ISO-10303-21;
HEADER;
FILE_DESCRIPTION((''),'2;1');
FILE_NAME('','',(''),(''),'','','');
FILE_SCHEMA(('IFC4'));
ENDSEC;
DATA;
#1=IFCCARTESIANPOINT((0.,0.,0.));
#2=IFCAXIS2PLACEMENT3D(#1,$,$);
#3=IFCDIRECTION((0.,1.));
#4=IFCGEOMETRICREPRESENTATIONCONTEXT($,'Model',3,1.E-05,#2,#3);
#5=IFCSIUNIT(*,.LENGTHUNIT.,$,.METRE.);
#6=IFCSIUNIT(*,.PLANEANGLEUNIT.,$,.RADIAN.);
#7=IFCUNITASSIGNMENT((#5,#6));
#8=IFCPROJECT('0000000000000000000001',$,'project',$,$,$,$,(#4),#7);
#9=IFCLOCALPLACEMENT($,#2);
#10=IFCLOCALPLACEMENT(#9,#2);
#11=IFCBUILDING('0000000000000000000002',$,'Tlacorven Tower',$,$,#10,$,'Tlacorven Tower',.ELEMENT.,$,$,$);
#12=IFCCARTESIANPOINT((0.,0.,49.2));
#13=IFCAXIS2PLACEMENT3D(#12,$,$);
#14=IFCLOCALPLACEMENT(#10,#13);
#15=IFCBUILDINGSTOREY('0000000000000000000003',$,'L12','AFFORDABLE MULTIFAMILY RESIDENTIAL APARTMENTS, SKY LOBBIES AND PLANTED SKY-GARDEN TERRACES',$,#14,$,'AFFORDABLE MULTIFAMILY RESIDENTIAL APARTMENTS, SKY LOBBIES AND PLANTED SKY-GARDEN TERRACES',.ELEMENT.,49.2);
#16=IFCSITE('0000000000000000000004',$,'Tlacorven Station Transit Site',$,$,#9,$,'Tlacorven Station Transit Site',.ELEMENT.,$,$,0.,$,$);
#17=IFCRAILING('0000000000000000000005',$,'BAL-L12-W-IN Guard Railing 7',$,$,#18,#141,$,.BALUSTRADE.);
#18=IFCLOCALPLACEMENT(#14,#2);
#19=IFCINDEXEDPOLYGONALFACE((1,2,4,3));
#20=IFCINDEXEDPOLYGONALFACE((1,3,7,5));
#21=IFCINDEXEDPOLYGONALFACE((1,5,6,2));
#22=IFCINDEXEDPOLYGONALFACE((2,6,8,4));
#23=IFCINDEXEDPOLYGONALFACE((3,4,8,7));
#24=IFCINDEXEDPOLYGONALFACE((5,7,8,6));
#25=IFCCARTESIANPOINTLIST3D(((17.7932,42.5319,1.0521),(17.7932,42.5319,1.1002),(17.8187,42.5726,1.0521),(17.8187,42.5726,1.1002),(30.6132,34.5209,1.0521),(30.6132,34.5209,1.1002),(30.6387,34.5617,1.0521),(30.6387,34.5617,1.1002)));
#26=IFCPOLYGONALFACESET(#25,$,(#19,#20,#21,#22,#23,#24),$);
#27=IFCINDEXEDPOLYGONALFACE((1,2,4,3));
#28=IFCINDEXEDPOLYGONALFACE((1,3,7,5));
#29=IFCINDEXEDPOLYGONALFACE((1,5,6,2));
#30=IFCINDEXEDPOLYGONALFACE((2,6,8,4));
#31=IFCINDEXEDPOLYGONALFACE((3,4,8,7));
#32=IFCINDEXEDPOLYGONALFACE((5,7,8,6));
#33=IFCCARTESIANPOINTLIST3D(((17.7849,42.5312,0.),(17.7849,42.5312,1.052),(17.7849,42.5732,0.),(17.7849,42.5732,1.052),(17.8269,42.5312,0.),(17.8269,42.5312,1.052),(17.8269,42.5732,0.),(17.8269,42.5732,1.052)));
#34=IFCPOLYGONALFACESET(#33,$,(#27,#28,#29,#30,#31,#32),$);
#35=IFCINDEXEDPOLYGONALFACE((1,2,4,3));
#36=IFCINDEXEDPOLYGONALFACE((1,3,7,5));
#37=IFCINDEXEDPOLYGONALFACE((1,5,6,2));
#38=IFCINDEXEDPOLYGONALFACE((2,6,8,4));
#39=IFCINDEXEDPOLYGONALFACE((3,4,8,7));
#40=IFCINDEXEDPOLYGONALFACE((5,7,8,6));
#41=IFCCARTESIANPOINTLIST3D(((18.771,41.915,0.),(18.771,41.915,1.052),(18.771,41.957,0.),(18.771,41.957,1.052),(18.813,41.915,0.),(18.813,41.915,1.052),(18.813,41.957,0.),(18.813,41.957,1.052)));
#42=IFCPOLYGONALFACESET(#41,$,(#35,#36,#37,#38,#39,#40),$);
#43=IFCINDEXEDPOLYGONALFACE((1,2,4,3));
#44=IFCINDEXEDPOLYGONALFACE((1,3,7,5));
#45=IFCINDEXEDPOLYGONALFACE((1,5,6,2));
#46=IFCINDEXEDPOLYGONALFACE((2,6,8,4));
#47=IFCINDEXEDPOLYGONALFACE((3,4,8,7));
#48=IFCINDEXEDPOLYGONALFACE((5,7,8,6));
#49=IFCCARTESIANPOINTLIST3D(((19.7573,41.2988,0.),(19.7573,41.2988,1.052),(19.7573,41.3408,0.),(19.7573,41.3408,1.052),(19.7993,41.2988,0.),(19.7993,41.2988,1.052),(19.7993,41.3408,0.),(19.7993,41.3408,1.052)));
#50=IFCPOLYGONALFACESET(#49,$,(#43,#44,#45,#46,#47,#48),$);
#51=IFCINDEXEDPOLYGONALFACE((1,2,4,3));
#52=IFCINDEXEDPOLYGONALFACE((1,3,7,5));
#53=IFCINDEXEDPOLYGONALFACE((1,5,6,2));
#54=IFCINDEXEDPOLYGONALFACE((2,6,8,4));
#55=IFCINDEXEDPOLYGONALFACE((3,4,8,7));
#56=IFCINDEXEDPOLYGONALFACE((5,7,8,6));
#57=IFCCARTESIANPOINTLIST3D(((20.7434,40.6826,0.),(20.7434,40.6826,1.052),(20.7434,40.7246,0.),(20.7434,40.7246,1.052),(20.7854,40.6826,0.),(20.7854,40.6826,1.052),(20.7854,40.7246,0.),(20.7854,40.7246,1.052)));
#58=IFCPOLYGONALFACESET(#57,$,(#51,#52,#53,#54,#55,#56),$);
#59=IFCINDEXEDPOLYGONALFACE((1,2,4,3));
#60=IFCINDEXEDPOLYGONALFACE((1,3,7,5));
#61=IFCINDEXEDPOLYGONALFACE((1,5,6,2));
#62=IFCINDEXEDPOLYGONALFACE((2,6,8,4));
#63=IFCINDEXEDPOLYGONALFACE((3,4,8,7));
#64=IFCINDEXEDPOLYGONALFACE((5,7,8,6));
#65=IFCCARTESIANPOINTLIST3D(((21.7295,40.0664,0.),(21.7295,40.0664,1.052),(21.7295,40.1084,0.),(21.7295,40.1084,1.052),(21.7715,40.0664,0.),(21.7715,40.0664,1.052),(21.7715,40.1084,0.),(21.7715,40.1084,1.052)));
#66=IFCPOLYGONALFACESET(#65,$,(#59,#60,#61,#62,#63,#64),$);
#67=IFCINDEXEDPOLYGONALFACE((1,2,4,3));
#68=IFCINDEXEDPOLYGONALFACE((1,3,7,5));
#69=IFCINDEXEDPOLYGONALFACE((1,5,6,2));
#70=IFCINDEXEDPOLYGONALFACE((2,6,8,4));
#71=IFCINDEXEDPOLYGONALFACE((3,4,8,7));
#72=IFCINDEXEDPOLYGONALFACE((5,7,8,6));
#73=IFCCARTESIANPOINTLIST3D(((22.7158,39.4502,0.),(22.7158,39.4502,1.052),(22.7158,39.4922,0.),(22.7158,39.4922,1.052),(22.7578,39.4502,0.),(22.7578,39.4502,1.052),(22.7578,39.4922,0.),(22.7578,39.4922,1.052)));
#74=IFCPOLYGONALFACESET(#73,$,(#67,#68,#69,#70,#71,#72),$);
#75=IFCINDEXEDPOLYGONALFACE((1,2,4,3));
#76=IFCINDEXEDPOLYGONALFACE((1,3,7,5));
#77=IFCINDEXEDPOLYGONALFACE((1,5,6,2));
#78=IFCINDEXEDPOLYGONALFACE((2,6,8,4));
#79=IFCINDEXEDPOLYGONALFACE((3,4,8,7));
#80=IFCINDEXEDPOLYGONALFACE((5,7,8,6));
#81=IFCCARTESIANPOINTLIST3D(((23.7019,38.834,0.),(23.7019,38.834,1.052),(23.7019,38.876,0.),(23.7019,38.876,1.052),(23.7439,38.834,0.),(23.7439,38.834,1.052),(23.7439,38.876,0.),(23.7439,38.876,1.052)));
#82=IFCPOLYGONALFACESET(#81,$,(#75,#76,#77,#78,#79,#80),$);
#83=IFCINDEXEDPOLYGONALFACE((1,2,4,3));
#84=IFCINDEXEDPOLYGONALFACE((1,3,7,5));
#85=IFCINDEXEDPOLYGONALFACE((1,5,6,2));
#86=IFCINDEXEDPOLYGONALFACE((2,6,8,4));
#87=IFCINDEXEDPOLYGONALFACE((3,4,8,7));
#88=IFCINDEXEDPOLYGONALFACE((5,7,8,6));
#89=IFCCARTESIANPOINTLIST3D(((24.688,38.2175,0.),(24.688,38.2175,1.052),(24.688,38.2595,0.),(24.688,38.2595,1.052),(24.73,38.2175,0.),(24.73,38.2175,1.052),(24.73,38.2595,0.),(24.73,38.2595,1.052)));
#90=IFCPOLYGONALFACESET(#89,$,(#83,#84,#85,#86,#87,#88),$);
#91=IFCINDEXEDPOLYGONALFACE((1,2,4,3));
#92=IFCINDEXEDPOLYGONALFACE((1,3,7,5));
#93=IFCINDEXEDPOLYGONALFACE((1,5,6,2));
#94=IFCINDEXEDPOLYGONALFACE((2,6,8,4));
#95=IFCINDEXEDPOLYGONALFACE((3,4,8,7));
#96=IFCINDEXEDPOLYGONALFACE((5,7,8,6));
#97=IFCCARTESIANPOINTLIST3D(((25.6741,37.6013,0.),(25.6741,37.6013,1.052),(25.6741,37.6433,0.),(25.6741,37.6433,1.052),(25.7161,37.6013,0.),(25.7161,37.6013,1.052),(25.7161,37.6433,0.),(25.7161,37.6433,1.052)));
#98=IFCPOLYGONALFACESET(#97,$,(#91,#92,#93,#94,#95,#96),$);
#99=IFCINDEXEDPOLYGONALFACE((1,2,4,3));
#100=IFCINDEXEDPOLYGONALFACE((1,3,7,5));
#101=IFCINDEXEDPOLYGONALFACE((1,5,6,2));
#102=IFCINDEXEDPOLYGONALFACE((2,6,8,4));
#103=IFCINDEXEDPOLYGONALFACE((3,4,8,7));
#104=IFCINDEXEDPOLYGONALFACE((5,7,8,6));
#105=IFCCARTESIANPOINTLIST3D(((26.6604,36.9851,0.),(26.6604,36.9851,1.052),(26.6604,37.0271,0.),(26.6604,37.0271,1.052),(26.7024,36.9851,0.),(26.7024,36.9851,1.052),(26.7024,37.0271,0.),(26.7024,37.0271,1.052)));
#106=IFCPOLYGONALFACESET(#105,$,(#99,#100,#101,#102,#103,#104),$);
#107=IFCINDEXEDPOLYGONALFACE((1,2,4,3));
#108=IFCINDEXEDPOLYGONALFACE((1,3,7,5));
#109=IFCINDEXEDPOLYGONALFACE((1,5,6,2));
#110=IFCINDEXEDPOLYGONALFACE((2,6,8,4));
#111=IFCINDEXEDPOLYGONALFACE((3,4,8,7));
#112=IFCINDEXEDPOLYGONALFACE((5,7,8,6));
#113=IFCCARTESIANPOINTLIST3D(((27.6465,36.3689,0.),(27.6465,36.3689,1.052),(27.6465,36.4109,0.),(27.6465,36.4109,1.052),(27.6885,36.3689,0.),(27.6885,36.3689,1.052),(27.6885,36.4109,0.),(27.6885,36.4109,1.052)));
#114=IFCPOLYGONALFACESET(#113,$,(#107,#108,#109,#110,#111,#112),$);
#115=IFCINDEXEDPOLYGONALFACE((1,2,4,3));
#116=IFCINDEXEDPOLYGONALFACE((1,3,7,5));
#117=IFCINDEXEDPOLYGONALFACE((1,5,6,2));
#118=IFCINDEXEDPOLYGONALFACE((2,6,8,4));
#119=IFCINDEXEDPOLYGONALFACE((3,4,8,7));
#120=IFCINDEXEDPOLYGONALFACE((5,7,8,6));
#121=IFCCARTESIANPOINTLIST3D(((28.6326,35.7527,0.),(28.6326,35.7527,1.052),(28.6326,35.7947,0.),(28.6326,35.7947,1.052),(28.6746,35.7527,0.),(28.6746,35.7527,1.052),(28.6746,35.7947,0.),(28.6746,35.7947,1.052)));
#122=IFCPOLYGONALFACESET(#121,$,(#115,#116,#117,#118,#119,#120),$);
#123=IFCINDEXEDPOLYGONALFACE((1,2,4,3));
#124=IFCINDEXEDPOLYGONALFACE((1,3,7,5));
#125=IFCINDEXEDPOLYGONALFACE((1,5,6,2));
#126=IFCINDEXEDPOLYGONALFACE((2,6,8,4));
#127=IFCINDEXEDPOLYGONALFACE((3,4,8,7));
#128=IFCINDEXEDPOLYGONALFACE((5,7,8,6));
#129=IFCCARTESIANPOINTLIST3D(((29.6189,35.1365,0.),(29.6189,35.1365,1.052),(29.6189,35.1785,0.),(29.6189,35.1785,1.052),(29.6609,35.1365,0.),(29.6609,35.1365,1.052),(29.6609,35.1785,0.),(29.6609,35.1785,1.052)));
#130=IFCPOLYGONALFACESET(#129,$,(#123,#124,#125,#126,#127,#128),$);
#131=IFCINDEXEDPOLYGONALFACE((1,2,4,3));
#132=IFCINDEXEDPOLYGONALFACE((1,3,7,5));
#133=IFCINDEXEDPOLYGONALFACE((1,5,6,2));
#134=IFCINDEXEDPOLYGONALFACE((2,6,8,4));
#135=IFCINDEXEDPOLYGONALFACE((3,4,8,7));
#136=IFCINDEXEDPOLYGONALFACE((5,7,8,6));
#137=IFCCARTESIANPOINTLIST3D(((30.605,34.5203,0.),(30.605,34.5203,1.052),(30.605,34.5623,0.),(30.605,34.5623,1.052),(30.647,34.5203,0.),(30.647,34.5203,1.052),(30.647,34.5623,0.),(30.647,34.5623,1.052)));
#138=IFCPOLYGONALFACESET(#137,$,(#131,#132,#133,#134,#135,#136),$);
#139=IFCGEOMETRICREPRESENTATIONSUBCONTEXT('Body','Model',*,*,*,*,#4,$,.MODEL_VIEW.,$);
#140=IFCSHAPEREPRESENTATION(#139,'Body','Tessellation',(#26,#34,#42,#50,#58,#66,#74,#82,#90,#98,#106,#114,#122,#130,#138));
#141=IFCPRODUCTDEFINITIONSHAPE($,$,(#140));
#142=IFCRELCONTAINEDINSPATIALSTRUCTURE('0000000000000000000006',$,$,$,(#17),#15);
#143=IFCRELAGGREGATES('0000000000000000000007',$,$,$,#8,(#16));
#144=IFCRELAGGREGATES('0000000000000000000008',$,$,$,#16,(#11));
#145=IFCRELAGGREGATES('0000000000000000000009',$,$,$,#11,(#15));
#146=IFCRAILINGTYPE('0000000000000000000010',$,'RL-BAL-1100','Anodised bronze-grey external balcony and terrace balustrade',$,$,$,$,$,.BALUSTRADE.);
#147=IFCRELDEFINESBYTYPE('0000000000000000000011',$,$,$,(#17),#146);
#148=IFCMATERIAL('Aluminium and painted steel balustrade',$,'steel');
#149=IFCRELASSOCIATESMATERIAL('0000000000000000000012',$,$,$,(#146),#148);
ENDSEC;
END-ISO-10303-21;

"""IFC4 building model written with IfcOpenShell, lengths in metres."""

from ifc_helpers import new_model, si_unit, direction, frame, origin, origin_2d, place, context, subcontext, project, spatial, rectangle, extrude, source, transform, mapped, material, type_object, element, save


model = new_model("IFC4")

# Units and contexts
model_context = context("Model", 3, precision=1e-05, world=origin(), true_north=direction((0.0, 1.0)))
body_context = subcontext(model_context, "Body", "Model", "MODEL_VIEW")
ifc_project = project(units=[si_unit("LENGTHUNIT", "METRE"), si_unit("PLANEANGLEUNIT", "RADIAN")], contexts=[model_context])

# Site, building, storey
site_placement = place(None, origin())
site = spatial("IfcSite", under=ifc_project, at=site_placement, Name="Tlacorven Station Transit Site", LongName="Tlacorven Station Transit Site", CompositionType="ELEMENT", RefElevation=0.0)
building_placement = place(site_placement, origin())
building = spatial("IfcBuilding", under=site, at=building_placement, Name="Tlacorven Tower", LongName="Tlacorven Tower", CompositionType="ELEMENT")
storey_placement = place(building_placement, frame((0.0, 0.0, 49.2)))
storey = spatial("IfcBuildingStorey", under=building, at=storey_placement, Name="L12", Description="AFFORDABLE MULTIFAMILY RESIDENTIAL APARTMENTS, SKY LOBBIES AND PLANTED SKY-GARDEN TERRACES", LongName="AFFORDABLE MULTIFAMILY RESIDENTIAL APARTMENTS, SKY LOBBIES AND PLANTED SKY-GARDEN TERRACES", CompositionType="ELEMENT", Elevation=49.2)

# Railing
ifc_material_1 = material(Name="Aluminium and painted steel balustrade", Category="steel")
railing_type = type_object("IfcRailingType", Name="RL-BAL-1100", Description="Anodised bronze-grey external balcony and terrace balustrade", PredefinedType="BALUSTRADE", material=ifc_material_1)
shared_shape_1 = source(origin(), body_context, "Body", "SweptSolid", [
    extrude(rectangle(XDim=0.0481, YDim=0.0481, at=origin_2d()), frame((0.0, 0.0, 1.0762), z_axis=(0.848045, -0.529925, 0.0), x_axis=(0.529925, 0.848045, 0.0)), (0.0, 0.0, 1.0), 15.1172),
    extrude(rectangle(XDim=0.042, YDim=0.042, at=origin_2d()), origin(), (0.0, 0.0, 1.0), 1.052),
    extrude(rectangle(XDim=0.042, YDim=0.042, at=origin_2d()), frame((0.9861, -0.6162, 0.0)), (0.0, 0.0, 1.0), 1.052),
    extrude(rectangle(XDim=0.042, YDim=0.042, at=origin_2d()), frame((1.9724, -1.2324, 0.0)), (0.0, 0.0, 1.0), 1.052),
    extrude(rectangle(XDim=0.042, YDim=0.042, at=origin_2d()), frame((2.9585, -1.8486, 0.0)), (0.0, 0.0, 1.0), 1.052),
    extrude(rectangle(XDim=0.042, YDim=0.042, at=origin_2d()), frame((3.9446, -2.4648, 0.0)), (0.0, 0.0, 1.0), 1.052),
    extrude(rectangle(XDim=0.042, YDim=0.042, at=origin_2d()), frame((4.9309, -3.0811, 0.0)), (0.0, 0.0, 1.0), 1.052),
    extrude(rectangle(XDim=0.042, YDim=0.042, at=origin_2d()), frame((5.917, -3.6973, 0.0)), (0.0, 0.0, 1.0), 1.052),
    extrude(rectangle(XDim=0.042, YDim=0.042, at=origin_2d()), frame((6.9031, -4.3137, 0.0)), (0.0, 0.0, 1.0), 1.052),
    extrude(rectangle(XDim=0.042, YDim=0.042, at=origin_2d()), frame((7.8892, -4.9299, 0.0)), (0.0, 0.0, 1.0), 1.052),
    extrude(rectangle(XDim=0.042, YDim=0.042, at=origin_2d()), frame((8.8755, -5.5461, 0.0)), (0.0, 0.0, 1.0), 1.052),
    extrude(rectangle(XDim=0.042, YDim=0.042, at=origin_2d()), frame((9.8616, -6.1624, 0.0)), (0.0, 0.0, 1.0), 1.052),
    extrude(rectangle(XDim=0.042, YDim=0.042, at=origin_2d()), frame((10.8477, -6.7786, 0.0)), (0.0, 0.0, 1.0), 1.052),
    extrude(rectangle(XDim=0.042, YDim=0.042, at=origin_2d()), frame((11.834, -7.3948, 0.0)), (0.0, 0.0, 1.0), 1.052),
    extrude(rectangle(XDim=0.042, YDim=0.042, at=origin_2d()), frame((12.8201, -8.011, 0.0)), (0.0, 0.0, 1.0), 1.052),
])
railing_1_placement = place(storey_placement, frame((17.8059, 42.5522, 0.0)))
element("IfcRailing", 1, at=railing_1_placement, inside=storey, type_object=railing_type, Name="BAL-L12-W-IN Guard Railing 7", PredefinedType="BALUSTRADE", context=body_context, shape_type="MappedRepresentation", body=[
    mapped(shared_shape_1, transform((0.0, 0.0, 0.0), scale=1.0)),
])

save(model, "model.ifc")
